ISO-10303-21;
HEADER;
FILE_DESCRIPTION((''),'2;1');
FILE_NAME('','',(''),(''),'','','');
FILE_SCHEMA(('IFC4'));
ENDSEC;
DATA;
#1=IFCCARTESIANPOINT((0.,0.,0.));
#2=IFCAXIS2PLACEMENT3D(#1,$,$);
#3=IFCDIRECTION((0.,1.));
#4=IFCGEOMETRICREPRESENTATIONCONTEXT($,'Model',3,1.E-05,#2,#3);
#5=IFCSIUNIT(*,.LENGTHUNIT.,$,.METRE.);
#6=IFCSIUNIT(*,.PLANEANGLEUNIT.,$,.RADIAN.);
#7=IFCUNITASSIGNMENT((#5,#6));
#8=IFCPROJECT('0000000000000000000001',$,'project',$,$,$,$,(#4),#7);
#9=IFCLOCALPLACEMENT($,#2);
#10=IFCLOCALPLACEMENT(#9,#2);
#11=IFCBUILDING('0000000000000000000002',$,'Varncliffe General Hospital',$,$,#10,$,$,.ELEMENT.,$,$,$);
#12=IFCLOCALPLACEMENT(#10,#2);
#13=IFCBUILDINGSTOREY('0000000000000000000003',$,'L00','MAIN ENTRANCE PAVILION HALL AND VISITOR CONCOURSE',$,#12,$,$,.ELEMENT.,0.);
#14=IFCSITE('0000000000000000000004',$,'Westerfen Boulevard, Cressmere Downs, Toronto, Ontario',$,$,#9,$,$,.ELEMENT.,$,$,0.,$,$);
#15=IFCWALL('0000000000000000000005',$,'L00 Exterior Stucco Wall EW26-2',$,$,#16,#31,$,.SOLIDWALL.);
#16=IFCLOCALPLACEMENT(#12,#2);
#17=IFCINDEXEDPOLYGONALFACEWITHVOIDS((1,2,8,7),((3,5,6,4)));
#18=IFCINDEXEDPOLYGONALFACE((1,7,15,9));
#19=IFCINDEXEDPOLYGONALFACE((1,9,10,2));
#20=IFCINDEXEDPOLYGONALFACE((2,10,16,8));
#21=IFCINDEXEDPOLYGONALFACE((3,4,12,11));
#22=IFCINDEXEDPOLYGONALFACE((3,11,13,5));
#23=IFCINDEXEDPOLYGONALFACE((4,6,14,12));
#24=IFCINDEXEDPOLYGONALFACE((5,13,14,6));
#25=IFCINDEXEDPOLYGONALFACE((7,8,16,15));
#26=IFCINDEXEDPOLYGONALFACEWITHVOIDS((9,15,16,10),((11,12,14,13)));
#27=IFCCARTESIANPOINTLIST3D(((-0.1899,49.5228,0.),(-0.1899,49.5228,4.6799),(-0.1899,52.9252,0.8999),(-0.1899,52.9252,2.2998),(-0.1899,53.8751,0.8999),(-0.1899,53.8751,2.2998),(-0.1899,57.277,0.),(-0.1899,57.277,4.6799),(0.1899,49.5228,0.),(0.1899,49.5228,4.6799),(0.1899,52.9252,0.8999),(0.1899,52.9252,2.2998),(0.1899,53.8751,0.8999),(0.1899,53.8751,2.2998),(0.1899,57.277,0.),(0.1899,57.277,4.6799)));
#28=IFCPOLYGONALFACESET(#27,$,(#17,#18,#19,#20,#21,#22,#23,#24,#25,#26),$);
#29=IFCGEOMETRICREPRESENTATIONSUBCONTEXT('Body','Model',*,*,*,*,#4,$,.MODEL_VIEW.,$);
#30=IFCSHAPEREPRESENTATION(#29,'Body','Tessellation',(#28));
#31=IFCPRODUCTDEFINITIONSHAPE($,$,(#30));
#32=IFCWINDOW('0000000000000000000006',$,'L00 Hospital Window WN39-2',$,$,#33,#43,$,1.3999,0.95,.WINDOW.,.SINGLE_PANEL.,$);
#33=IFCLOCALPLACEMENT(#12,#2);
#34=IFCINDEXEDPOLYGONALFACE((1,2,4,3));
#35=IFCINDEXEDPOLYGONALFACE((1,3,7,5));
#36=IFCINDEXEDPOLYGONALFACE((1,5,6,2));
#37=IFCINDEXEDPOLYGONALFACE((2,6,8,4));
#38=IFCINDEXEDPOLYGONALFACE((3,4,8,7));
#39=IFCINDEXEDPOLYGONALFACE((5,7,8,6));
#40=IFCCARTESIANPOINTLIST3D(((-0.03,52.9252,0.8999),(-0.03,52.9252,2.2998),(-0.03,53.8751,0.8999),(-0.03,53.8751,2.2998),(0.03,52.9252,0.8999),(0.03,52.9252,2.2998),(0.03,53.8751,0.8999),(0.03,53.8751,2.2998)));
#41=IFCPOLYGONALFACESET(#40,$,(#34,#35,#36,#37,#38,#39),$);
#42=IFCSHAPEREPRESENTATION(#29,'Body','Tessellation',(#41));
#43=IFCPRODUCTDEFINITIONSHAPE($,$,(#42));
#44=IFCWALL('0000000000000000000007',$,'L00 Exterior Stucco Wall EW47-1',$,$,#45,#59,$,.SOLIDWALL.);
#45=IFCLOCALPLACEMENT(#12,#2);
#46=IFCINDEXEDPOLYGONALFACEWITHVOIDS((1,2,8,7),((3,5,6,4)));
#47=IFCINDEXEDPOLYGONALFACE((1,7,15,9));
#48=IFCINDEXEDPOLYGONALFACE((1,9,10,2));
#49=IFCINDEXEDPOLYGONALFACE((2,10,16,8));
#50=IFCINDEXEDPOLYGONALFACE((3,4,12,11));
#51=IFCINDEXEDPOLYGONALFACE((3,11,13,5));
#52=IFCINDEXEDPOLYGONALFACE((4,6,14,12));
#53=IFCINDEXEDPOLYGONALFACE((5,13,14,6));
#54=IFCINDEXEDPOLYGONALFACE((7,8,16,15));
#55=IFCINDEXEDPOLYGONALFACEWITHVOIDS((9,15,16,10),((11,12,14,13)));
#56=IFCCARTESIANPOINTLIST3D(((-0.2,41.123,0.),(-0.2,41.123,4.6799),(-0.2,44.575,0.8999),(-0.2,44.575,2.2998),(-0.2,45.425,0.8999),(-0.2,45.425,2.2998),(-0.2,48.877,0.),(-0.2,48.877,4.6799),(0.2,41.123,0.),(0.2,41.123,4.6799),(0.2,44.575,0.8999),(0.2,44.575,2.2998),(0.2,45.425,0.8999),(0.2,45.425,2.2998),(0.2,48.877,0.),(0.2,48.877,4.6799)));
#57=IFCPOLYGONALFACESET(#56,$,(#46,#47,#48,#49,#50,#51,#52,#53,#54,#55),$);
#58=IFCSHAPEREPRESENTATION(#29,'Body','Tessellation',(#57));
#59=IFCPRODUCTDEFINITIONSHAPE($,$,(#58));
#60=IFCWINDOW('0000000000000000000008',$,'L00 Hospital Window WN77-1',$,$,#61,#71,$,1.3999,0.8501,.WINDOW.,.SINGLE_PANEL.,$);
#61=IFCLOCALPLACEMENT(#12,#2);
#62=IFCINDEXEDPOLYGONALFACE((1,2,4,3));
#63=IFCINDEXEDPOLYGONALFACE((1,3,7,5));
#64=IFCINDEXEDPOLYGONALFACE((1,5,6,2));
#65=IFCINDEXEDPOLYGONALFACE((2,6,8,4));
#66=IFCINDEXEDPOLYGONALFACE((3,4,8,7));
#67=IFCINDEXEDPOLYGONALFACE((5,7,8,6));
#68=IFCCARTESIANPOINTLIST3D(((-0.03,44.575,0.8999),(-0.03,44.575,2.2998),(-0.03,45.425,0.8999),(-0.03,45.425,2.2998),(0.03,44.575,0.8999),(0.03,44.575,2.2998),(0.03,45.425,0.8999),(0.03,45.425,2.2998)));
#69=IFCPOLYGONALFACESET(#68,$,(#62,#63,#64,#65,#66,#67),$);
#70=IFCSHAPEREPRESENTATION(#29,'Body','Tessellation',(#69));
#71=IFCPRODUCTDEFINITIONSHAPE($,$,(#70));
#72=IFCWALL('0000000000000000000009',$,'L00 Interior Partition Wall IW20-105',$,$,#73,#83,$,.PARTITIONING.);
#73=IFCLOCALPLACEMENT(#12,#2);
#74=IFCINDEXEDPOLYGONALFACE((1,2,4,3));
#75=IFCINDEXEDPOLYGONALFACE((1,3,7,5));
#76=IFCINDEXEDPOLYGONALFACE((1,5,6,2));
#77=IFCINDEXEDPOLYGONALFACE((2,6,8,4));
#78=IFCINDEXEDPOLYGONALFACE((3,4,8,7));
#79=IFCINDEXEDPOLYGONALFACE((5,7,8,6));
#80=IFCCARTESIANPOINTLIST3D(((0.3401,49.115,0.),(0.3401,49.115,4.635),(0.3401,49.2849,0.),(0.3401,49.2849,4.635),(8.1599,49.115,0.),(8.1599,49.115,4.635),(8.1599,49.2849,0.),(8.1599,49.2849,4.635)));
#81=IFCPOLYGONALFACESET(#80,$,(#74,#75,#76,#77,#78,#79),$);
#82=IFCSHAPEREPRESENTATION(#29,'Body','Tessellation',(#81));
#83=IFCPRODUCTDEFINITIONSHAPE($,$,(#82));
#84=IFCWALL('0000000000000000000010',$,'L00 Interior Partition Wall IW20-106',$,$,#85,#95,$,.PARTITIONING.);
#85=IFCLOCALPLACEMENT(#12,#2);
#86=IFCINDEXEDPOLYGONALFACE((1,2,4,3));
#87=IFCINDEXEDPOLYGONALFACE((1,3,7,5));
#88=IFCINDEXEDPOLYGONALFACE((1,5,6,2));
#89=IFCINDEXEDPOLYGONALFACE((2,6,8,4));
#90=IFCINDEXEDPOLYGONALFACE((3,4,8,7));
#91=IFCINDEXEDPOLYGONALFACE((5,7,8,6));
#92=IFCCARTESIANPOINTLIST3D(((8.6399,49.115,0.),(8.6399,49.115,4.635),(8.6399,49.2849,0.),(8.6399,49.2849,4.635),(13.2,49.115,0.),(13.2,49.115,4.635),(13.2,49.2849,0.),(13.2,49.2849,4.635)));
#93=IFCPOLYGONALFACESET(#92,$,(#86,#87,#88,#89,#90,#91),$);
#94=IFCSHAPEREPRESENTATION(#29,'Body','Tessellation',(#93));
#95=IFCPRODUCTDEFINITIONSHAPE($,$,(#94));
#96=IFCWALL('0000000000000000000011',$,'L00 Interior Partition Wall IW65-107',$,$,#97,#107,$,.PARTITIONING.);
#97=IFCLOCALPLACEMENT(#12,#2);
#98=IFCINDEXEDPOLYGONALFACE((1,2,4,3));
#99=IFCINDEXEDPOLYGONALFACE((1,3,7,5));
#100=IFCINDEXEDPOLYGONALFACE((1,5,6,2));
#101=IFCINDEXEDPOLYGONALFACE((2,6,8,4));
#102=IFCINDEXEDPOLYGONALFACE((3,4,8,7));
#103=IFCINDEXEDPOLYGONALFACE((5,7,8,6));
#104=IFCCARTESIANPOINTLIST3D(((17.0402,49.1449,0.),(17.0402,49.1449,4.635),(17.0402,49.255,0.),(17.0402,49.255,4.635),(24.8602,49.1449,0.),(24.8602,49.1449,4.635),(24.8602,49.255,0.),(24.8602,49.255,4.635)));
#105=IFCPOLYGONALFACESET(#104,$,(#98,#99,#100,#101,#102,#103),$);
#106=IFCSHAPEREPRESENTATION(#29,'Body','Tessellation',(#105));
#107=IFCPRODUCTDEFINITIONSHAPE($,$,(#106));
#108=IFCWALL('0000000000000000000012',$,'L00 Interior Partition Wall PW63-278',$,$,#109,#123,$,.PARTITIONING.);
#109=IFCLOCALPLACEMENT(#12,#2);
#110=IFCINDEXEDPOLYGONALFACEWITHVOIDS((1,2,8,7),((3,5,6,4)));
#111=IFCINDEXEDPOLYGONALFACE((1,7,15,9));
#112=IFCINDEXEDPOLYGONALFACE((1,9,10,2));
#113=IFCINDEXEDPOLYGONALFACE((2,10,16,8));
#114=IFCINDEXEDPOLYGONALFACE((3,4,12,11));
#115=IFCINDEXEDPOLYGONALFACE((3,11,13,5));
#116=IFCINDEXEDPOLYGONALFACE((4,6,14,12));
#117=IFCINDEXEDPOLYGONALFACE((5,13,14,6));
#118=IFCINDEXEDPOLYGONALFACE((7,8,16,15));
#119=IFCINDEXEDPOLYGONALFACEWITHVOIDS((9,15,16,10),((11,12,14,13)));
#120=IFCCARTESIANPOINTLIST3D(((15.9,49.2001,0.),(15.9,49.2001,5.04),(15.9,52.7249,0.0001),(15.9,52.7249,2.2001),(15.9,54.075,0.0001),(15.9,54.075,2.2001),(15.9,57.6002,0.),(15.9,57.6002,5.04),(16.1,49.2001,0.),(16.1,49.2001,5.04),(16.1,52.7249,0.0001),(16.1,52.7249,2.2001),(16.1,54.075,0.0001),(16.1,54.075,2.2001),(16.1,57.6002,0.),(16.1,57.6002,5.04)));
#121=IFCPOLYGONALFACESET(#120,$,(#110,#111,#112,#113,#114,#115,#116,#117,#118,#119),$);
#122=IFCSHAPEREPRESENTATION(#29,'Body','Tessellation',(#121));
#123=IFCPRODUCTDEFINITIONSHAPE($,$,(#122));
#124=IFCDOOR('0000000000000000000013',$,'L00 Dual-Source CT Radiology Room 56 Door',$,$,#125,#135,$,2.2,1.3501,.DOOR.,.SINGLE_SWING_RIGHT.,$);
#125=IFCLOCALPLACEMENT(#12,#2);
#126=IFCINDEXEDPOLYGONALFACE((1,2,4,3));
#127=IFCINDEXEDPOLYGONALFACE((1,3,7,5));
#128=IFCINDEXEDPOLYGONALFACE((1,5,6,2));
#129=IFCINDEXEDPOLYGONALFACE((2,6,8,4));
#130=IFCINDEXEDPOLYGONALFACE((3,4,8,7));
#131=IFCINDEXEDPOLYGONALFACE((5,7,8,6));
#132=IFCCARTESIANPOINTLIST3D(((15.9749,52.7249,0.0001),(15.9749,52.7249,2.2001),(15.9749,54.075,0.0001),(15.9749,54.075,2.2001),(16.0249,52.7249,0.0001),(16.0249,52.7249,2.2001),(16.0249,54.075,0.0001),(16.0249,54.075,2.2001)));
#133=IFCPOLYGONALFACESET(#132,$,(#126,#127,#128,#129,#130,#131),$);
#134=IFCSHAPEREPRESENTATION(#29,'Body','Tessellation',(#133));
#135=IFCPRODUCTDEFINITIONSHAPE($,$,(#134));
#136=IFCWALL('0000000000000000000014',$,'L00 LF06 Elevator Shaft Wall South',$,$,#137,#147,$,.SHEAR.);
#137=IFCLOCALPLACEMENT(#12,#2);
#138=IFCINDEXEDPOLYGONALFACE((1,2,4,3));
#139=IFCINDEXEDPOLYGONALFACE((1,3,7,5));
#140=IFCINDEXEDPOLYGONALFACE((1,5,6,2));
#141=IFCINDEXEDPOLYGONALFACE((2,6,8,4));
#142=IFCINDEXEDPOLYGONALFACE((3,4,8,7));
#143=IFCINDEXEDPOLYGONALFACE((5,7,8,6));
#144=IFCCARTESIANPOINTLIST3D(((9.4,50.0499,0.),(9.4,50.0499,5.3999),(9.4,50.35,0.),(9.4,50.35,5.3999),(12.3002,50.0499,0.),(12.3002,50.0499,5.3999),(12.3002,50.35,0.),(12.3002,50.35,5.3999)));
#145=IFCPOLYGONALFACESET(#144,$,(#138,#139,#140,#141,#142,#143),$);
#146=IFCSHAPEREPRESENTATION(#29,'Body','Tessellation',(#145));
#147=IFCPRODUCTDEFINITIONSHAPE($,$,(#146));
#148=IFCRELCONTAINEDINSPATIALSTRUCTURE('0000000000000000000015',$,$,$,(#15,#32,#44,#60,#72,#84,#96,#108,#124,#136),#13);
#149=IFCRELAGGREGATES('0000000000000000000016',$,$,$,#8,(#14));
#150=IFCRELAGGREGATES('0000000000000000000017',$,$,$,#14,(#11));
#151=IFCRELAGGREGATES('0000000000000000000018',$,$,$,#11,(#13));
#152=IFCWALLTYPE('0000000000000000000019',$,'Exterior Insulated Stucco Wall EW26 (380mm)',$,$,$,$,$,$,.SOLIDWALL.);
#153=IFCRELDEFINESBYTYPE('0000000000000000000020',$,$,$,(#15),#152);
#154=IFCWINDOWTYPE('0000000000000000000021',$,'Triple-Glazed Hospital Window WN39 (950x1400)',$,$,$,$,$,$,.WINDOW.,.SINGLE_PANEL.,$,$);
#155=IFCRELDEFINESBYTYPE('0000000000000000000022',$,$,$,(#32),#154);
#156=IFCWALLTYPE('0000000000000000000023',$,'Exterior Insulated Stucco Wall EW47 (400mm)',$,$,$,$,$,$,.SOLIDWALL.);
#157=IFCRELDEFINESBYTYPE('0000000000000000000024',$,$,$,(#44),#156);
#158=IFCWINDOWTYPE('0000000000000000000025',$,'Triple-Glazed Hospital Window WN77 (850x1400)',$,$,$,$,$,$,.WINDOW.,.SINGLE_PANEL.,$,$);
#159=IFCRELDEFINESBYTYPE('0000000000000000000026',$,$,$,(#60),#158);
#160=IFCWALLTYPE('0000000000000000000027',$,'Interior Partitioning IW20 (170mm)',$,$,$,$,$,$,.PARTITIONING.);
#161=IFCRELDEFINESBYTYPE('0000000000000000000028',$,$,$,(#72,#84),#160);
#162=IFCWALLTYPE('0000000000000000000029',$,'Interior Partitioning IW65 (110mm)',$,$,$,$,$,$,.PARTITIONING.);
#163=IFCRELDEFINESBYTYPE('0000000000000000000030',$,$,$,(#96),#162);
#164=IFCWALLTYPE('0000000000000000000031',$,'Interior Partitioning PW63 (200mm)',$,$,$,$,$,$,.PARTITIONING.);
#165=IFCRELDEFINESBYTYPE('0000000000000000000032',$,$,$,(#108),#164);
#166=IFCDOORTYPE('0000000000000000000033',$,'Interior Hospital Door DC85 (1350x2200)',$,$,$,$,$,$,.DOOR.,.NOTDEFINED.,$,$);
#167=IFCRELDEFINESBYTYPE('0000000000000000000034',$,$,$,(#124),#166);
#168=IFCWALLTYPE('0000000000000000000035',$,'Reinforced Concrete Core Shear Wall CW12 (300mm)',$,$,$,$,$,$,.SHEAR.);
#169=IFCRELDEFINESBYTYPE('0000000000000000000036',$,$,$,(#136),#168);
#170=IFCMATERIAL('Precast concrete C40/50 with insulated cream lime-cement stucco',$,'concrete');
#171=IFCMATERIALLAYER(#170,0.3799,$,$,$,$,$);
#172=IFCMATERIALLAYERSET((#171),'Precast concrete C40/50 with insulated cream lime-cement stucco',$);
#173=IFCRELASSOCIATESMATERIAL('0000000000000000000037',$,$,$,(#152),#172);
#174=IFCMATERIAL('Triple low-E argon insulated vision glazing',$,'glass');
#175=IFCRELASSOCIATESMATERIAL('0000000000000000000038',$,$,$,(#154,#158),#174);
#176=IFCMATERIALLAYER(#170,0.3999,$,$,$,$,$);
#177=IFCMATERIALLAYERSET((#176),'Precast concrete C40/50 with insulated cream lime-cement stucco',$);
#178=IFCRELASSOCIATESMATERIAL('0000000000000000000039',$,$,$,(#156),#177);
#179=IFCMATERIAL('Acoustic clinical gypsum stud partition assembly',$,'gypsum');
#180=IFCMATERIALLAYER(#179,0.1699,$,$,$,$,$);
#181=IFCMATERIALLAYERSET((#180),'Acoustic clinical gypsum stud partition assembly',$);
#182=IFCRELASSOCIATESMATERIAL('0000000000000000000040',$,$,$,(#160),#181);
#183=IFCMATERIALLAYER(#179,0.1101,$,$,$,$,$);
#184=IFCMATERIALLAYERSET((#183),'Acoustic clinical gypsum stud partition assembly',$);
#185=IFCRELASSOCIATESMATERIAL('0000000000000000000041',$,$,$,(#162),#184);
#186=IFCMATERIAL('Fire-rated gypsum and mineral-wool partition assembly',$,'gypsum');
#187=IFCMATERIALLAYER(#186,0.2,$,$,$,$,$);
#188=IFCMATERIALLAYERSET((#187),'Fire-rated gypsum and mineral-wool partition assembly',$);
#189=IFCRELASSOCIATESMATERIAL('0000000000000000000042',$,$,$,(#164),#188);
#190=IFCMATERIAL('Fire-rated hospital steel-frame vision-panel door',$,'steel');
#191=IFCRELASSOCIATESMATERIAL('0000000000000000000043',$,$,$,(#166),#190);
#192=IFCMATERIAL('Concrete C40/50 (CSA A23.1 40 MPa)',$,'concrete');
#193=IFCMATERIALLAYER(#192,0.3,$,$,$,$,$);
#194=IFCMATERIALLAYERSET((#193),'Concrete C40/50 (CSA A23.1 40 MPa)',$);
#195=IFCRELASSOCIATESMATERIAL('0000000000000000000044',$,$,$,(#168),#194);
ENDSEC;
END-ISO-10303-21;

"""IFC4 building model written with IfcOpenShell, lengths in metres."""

from ifc_helpers import new_model, si_unit, direction, frame, frame_2d, origin, place, context, subcontext, project, spatial, rectangle, extrude, material, layer, layer_set, type_object, element, fill, save


model = new_model("IFC4")

# Units and contexts
model_context = context("Model", 3, precision=1e-05, world=origin(), true_north=direction((0.0, 1.0)))
body_context = subcontext(model_context, "Body", "Model", "MODEL_VIEW")
ifc_project = project(units=[si_unit("LENGTHUNIT", "METRE"), si_unit("PLANEANGLEUNIT", "RADIAN")], contexts=[model_context])

# Site, building, storey
site_placement = place(None, origin())
site = spatial("IfcSite", under=ifc_project, at=site_placement, Name="Westerfen Boulevard, Cressmere Downs, Toronto, Ontario", CompositionType="ELEMENT", RefElevation=0.0)
building_placement = place(site_placement, origin())
building = spatial("IfcBuilding", under=site, at=building_placement, Name="Varncliffe General Hospital", CompositionType="ELEMENT")
storey_placement = place(building_placement, origin())
storey = spatial("IfcBuildingStorey", under=building, at=storey_placement, Name="L00", Description="MAIN ENTRANCE PAVILION HALL AND VISITOR CONCOURSE", CompositionType="ELEMENT", Elevation=0.0)

# Shared definitions
ifc_material_1 = material(Name="Concrete C40/50 (CSA A23.1 40 MPa)", Category="concrete")

# Shared definitions
ifc_material_2 = material(Name="Triple low-E argon insulated vision glazing", Category="glass")

# Walls, openings, windows
ifc_material_3 = material(Name="Precast concrete C40/50 with insulated cream lime-cement stucco", Category="concrete")
ifc_layer_1 = layer(ifc_material_3, 0.3799)
ifc_layer_set_1 = layer_set([ifc_layer_1], Name="Precast concrete C40/50 with insulated cream lime-cement stucco")
wall_type_1 = type_object("IfcWallType", Name="Exterior Insulated Stucco Wall EW26 (380mm)", PredefinedType="SOLIDWALL", material=ifc_layer_set_1)
wall_1_placement = place(storey_placement, frame((0.0, 49.5229, 0.0), z_axis=(0.0, 0.0, 1.0), x_axis=(0.0, 1.0, 0.0)))
wall_1 = element("IfcWall", 1, at=wall_1_placement, inside=storey, type_object=wall_type_1, Name="L00 Exterior Stucco Wall EW26-2", PredefinedType="SOLIDWALL", context=body_context, shape_type="SweptSolid", body=[
    extrude(rectangle(XDim=7.7542, YDim=0.3799, at=frame_2d((3.877, 0.0))), origin(), (0.0, 0.0, 1.0), 4.6799),
])
opening_1_placement = place(wall_1_placement, frame((3.4021, 0.0, 0.8999)))
opening_1 = element("IfcOpeningElement", 2, at=opening_1_placement, cuts=wall_1, PredefinedType="OPENING", context=body_context, shape_type="SweptSolid", body=[
    extrude(rectangle(XDim=0.95, YDim=1.3999, at=frame_2d((0.4751, 0.7))), frame((0.0, 0.2, 0.0), z_axis=(0.0, -1.0, 0.0), x_axis=(1.0, 0.0, 0.0)), (0.0, 0.0, 1.0), 0.3999),
])
window_type_1 = type_object("IfcWindowType", Name="Triple-Glazed Hospital Window WN39 (950x1400)", PartitioningType="SINGLE_PANEL", PredefinedType="WINDOW", material=ifc_material_2)
window_1_placement = place(opening_1_placement, origin())
window_1 = element("IfcWindow", 3, at=window_1_placement, inside=storey, type_object=window_type_1, Name="L00 Hospital Window WN39-2", OverallHeight=1.3999, OverallWidth=0.95, PartitioningType="SINGLE_PANEL", PredefinedType="WINDOW", context=body_context, shape_type="SweptSolid", body=[
    extrude(rectangle(XDim=0.95, YDim=1.3999, at=frame_2d((0.4751, 0.7))), frame((0.0, 0.03, 0.0), z_axis=(0.0, -1.0, 0.0), x_axis=(1.0, 0.0, 0.0)), (0.0, 0.0, 1.0), 0.0601),
])
fill(opening_1, window_1)
ifc_layer_2 = layer(ifc_material_3, 0.3999)
ifc_layer_set_2 = layer_set([ifc_layer_2], Name="Precast concrete C40/50 with insulated cream lime-cement stucco")
wall_type_2 = type_object("IfcWallType", Name="Exterior Insulated Stucco Wall EW47 (400mm)", PredefinedType="SOLIDWALL", material=ifc_layer_set_2)
wall_2_placement = place(storey_placement, frame((0.0, 41.123, 0.0), z_axis=(0.0, 0.0, 1.0), x_axis=(0.0, 1.0, 0.0)))
wall_2 = element("IfcWall", 4, at=wall_2_placement, inside=storey, type_object=wall_type_2, Name="L00 Exterior Stucco Wall EW47-1", PredefinedType="SOLIDWALL", context=body_context, shape_type="SweptSolid", body=[
    extrude(rectangle(XDim=7.7539, YDim=0.3999, at=frame_2d((3.877, 0.0))), origin(), (0.0, 0.0, 1.0), 4.6799),
])
opening_2_placement = place(wall_2_placement, frame((3.4519, 0.0, 0.8999)))
opening_2 = element("IfcOpeningElement", 5, at=opening_2_placement, cuts=wall_2, PredefinedType="OPENING", context=body_context, shape_type="SweptSolid", body=[
    extrude(rectangle(XDim=0.8501, YDim=1.3999, at=frame_2d((0.425, 0.7))), frame((0.0, 0.21, 0.0), z_axis=(0.0, -1.0, 0.0), x_axis=(1.0, 0.0, 0.0)), (0.0, 0.0, 1.0), 0.4199),
])
window_type_2 = type_object("IfcWindowType", Name="Triple-Glazed Hospital Window WN77 (850x1400)", PartitioningType="SINGLE_PANEL", PredefinedType="WINDOW", material=ifc_material_2)
window_2_placement = place(opening_2_placement, origin())
window_2 = element("IfcWindow", 6, at=window_2_placement, inside=storey, type_object=window_type_2, Name="L00 Hospital Window WN77-1", OverallHeight=1.3999, OverallWidth=0.8501, PartitioningType="SINGLE_PANEL", PredefinedType="WINDOW", context=body_context, shape_type="SweptSolid", body=[
    extrude(rectangle(XDim=0.8501, YDim=1.3999, at=frame_2d((0.425, 0.7))), frame((0.0, 0.03, 0.0), z_axis=(0.0, -1.0, 0.0), x_axis=(1.0, 0.0, 0.0)), (0.0, 0.0, 1.0), 0.0601),
])
fill(opening_2, window_2)

# Walls
ifc_material_4 = material(Name="Acoustic clinical gypsum stud partition assembly", Category="gypsum")
ifc_layer_3 = layer(ifc_material_4, 0.1699)
ifc_layer_set_3 = layer_set([ifc_layer_3], Name="Acoustic clinical gypsum stud partition assembly")
wall_type_3 = type_object("IfcWallType", Name="Interior Partitioning IW20 (170mm)", PredefinedType="PARTITIONING", material=ifc_layer_set_3)
wall_3_placement = place(storey_placement, frame((0.3401, 49.2, 0.0), z_axis=(0.0, 0.0, 1.0), x_axis=(1.0, 0.0, 0.0)))
element("IfcWall", 7, at=wall_3_placement, inside=storey, type_object=wall_type_3, Name="L00 Interior Partition Wall IW20-105", PredefinedType="PARTITIONING", context=body_context, shape_type="SweptSolid", body=[
    extrude(rectangle(XDim=7.8198, YDim=0.1699, at=frame_2d((3.9099, 0.0))), origin(), (0.0, 0.0, 1.0), 4.635),
])
wall_4_placement = place(storey_placement, frame((8.6399, 49.2, 0.0), z_axis=(0.0, 0.0, 1.0), x_axis=(1.0, 0.0, 0.0)))
element("IfcWall", 8, at=wall_4_placement, inside=storey, type_object=wall_type_3, Name="L00 Interior Partition Wall IW20-106", PredefinedType="PARTITIONING", context=body_context, shape_type="SweptSolid", body=[
    extrude(rectangle(XDim=4.5601, YDim=0.1699, at=frame_2d((2.28, 0.0))), origin(), (0.0, 0.0, 1.0), 4.635),
])
ifc_layer_4 = layer(ifc_material_4, 0.1101)
ifc_layer_set_4 = layer_set([ifc_layer_4], Name="Acoustic clinical gypsum stud partition assembly")
wall_type_4 = type_object("IfcWallType", Name="Interior Partitioning IW65 (110mm)", PredefinedType="PARTITIONING", material=ifc_layer_set_4)
wall_5_placement = place(storey_placement, frame((17.04, 49.2, 0.0), z_axis=(0.0, 0.0, 1.0), x_axis=(1.0, 0.0, 0.0)))
element("IfcWall", 9, at=wall_5_placement, inside=storey, type_object=wall_type_4, Name="L00 Interior Partition Wall IW65-107", PredefinedType="PARTITIONING", context=body_context, shape_type="SweptSolid", body=[
    extrude(rectangle(XDim=7.8201, YDim=0.1101, at=frame_2d((3.9102, 0.0))), origin(), (0.0, 0.0, 1.0), 4.635),
])

# Wall, opening, door
ifc_material_5 = material(Name="Fire-rated gypsum and mineral-wool partition assembly", Category="gypsum")
ifc_layer_5 = layer(ifc_material_5, 0.2)
ifc_layer_set_5 = layer_set([ifc_layer_5], Name="Fire-rated gypsum and mineral-wool partition assembly")
wall_type_5 = type_object("IfcWallType", Name="Interior Partitioning PW63 (200mm)", PredefinedType="PARTITIONING", material=ifc_layer_set_5)
wall_6_placement = place(storey_placement, frame((16.0, 49.2, 0.0), z_axis=(0.0, 0.0, 1.0), x_axis=(0.0, 1.0, 0.0)))
wall_6 = element("IfcWall", 10, at=wall_6_placement, inside=storey, type_object=wall_type_5, Name="L00 Interior Partition Wall PW63-278", PredefinedType="PARTITIONING", context=body_context, shape_type="SweptSolid", body=[
    extrude(rectangle(XDim=8.4001, YDim=0.2, at=frame_2d((4.2002, 0.0))), origin(), (0.0, 0.0, 1.0), 5.04),
])
opening_3_placement = place(wall_6_placement, frame((3.5249, 0.0, 0.0)))
opening_3 = element("IfcOpeningElement", 11, at=opening_3_placement, cuts=wall_6, PredefinedType="OPENING", context=body_context, shape_type="SweptSolid", body=[
    extrude(rectangle(XDim=1.3501, YDim=2.2, at=frame_2d((0.675, 1.1001))), frame((0.0, 0.1099, 0.0), z_axis=(0.0, -1.0, 0.0), x_axis=(1.0, 0.0, 0.0)), (0.0, 0.0, 1.0), 0.22),
])
ifc_material_6 = material(Name="Fire-rated hospital steel-frame vision-panel door", Category="steel")
door_type_1 = type_object("IfcDoorType", Name="Interior Hospital Door DC85 (1350x2200)", OperationType="NOTDEFINED", PredefinedType="DOOR", material=ifc_material_6)
door_1_placement = place(opening_3_placement, frame((1.3501, 0.0, 0.0), z_axis=(0.0, 0.0, 1.0), x_axis=(-1.0, 0.0, 0.0)))
door_1 = element("IfcDoor", 12, at=door_1_placement, inside=storey, type_object=door_type_1, Name="L00 Dual-Source CT Radiology Room 56 Door", OperationType="SINGLE_SWING_RIGHT", OverallHeight=2.2, OverallWidth=1.3501, PredefinedType="DOOR", context=body_context, shape_type="SweptSolid", body=[
    extrude(rectangle(XDim=1.3501, YDim=2.2, at=frame_2d((0.675, 1.1001))), frame((0.0, 0.0249, 0.0), z_axis=(0.0, -1.0, 0.0), x_axis=(1.0, 0.0, 0.0)), (0.0, 0.0, 1.0), 0.05),
])
fill(opening_3, door_1)

# Wall
ifc_layer_6 = layer(ifc_material_1, 0.3)
ifc_layer_set_6 = layer_set([ifc_layer_6], Name="Concrete C40/50 (CSA A23.1 40 MPa)")
wall_type_6 = type_object("IfcWallType", Name="Reinforced Concrete Core Shear Wall CW12 (300mm)", PredefinedType="SHEAR", material=ifc_layer_set_6)
wall_7_placement = place(storey_placement, frame((9.3999, 50.2, 0.0), z_axis=(0.0, 0.0, 1.0), x_axis=(1.0, 0.0, 0.0)))
element("IfcWall", 13, at=wall_7_placement, inside=storey, type_object=wall_type_6, Name="L00 LF06 Elevator Shaft Wall South", PredefinedType="SHEAR", context=body_context, shape_type="SweptSolid", body=[
    extrude(rectangle(XDim=2.9001, YDim=0.3, at=frame_2d((1.4502, 0.0))), origin(), (0.0, 0.0, 1.0), 5.3999),
])

save(model, "model.ifc")
